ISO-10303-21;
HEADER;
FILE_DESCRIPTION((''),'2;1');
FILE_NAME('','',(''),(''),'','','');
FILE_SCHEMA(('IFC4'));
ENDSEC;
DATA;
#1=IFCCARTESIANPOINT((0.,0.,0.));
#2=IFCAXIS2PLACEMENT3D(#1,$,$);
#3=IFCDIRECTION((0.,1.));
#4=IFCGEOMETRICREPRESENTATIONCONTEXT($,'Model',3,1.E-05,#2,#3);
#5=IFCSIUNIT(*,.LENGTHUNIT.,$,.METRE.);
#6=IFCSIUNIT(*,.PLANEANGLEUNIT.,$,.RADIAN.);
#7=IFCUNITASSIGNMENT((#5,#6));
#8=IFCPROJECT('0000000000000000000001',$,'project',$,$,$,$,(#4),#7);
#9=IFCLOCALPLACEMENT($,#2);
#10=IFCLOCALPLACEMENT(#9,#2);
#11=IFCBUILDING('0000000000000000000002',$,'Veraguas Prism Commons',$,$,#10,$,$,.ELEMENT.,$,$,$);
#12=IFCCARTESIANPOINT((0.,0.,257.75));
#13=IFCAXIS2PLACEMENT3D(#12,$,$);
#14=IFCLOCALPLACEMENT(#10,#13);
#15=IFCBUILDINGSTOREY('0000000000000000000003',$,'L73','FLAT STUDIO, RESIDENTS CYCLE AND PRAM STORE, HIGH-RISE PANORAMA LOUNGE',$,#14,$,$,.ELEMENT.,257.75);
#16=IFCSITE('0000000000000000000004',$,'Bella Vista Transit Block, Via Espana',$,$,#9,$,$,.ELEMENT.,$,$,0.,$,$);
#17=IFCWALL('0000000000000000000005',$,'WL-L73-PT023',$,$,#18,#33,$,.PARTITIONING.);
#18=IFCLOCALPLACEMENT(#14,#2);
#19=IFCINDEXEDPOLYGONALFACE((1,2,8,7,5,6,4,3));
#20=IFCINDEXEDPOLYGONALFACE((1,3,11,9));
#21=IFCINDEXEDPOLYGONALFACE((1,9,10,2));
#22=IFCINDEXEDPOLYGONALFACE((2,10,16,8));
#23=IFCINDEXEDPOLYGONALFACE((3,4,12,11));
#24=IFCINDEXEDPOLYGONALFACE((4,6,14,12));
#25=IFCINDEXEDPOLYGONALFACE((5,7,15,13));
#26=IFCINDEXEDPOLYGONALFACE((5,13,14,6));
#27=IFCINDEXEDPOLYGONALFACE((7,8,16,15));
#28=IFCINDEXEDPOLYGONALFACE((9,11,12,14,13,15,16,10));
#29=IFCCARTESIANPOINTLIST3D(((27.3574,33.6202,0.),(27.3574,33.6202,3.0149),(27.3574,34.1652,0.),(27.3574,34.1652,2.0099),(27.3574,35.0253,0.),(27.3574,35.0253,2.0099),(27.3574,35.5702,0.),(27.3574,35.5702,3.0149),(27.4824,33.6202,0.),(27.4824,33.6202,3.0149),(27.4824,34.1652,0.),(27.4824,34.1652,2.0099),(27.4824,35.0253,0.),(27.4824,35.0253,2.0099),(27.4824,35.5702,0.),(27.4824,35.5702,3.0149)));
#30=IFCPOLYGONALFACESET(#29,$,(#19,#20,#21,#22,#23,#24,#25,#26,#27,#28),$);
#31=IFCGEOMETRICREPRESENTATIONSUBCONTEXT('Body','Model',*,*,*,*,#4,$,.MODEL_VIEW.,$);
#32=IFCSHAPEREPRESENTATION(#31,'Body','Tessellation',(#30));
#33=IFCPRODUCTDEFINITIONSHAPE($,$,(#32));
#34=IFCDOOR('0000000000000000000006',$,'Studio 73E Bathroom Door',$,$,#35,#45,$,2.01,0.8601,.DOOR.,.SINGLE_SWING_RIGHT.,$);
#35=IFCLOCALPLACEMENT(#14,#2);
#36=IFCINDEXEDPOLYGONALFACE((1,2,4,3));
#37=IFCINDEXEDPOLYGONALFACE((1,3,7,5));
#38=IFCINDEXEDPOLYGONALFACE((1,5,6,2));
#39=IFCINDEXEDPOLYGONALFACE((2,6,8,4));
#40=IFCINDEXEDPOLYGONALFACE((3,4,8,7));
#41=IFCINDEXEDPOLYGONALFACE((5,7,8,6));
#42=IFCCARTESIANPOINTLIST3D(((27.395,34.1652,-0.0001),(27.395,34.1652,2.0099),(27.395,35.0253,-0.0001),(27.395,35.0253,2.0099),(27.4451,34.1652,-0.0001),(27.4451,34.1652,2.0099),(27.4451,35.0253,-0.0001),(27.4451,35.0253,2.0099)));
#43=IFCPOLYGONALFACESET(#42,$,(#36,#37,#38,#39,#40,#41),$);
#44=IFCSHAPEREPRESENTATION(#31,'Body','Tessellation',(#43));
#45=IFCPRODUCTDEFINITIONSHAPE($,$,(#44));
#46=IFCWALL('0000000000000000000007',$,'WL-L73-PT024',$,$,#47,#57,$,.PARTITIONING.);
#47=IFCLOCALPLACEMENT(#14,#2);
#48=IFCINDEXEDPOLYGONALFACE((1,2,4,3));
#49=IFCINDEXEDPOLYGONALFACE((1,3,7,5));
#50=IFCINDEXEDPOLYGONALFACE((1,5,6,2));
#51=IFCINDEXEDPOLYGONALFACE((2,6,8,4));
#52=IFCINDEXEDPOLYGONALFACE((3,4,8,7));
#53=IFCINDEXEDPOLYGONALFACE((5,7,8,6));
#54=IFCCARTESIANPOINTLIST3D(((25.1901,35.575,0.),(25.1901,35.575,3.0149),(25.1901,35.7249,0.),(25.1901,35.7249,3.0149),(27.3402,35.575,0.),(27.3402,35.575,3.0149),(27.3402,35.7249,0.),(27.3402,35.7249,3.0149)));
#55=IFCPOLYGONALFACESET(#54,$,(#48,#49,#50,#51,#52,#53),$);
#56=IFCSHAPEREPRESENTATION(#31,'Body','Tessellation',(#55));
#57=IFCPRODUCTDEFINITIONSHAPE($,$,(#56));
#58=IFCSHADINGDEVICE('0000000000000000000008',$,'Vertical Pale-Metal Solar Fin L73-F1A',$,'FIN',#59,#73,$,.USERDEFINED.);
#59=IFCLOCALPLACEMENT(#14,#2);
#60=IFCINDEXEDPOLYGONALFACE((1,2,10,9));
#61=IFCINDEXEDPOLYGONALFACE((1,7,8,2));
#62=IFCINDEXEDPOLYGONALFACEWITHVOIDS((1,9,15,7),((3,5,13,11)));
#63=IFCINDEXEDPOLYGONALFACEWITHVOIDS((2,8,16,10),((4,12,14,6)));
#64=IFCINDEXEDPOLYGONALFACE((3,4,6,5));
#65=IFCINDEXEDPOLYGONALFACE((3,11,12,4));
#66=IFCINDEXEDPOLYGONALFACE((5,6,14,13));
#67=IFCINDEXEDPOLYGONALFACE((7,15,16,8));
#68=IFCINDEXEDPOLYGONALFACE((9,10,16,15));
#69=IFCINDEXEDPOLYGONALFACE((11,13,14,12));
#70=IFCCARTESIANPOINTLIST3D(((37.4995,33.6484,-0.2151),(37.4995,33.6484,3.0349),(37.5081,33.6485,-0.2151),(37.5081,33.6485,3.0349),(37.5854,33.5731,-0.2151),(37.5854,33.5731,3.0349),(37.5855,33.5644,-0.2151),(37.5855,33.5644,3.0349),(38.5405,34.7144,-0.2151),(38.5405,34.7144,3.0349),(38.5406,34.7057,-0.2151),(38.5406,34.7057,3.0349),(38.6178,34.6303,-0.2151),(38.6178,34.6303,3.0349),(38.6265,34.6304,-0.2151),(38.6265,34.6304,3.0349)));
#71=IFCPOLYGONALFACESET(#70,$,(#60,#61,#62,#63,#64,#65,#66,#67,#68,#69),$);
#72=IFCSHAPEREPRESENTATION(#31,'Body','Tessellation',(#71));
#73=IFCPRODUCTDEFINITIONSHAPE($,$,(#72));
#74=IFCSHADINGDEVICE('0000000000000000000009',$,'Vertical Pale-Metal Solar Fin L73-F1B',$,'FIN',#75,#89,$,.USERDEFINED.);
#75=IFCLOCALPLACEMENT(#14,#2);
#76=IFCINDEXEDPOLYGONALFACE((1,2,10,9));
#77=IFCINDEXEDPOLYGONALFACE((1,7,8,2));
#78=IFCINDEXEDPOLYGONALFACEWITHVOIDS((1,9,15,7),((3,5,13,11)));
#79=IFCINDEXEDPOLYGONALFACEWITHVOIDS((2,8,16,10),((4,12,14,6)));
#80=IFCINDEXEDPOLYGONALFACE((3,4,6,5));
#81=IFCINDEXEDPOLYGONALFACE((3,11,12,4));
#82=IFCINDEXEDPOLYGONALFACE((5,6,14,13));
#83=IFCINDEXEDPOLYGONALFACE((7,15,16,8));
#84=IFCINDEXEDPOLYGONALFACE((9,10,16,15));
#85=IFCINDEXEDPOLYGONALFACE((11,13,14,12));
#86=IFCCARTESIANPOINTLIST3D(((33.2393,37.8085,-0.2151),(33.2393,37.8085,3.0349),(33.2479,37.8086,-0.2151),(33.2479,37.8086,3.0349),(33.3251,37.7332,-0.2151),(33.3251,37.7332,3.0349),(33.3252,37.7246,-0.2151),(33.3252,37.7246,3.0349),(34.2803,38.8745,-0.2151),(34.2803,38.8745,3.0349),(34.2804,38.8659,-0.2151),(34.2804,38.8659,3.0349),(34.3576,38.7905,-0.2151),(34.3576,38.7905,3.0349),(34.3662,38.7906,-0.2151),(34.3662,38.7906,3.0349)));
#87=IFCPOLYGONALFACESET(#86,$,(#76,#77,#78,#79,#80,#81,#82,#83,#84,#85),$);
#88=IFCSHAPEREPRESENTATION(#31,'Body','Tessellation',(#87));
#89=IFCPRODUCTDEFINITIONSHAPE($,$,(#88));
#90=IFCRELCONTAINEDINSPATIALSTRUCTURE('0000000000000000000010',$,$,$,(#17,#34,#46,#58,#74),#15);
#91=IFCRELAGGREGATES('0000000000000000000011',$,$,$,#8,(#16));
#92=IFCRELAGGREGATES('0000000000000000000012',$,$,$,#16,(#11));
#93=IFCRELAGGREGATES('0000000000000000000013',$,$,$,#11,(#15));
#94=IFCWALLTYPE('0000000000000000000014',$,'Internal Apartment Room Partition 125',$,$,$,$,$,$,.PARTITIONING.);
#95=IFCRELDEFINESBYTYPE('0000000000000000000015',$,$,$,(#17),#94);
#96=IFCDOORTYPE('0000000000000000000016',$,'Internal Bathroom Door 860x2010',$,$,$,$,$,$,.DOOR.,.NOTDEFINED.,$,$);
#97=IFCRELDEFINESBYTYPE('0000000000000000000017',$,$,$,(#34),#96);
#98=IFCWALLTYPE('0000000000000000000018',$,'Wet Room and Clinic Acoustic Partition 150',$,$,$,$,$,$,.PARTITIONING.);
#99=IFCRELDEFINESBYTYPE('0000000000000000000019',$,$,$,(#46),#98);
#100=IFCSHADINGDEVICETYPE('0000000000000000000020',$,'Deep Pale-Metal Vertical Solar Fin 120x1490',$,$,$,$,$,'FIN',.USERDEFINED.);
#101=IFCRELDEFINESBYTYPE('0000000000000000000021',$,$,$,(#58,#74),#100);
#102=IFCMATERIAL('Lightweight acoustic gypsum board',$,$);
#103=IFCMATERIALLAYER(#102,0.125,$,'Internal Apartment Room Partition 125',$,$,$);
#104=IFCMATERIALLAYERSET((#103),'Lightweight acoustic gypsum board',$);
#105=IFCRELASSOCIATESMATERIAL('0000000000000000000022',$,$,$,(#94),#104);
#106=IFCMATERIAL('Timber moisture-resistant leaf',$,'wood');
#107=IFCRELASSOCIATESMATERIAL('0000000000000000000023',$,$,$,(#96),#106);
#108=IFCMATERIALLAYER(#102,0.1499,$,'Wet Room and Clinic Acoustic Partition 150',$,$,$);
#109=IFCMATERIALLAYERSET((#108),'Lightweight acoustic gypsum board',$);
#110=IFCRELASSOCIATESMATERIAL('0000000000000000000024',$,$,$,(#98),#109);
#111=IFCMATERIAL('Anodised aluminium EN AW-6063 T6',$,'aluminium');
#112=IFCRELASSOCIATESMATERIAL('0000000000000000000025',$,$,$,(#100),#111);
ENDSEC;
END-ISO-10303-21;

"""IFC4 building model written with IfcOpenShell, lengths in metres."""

from ifc_helpers import new_model, si_unit, direction, frame, frame_2d, origin, origin_2d, place, context, subcontext, project, spatial, rectangle, hollow_rectangle, extrude, source, transform, mapped, material, layer, layer_set, material_profile, profile_set, type_object, element, fill, save


model = new_model("IFC4")

# Units and contexts
model_context = context("Model", 3, precision=1e-05, world=origin(), true_north=direction((0.0, 1.0)))
body_context = subcontext(model_context, "Body", "Model", "MODEL_VIEW")
ifc_project = project(units=[si_unit("LENGTHUNIT", "METRE"), si_unit("PLANEANGLEUNIT", "RADIAN")], contexts=[model_context])

# Site, building, storey
site_placement = place(None, origin())
site = spatial("IfcSite", under=ifc_project, at=site_placement, Name="Bella Vista Transit Block, Via Espana", CompositionType="ELEMENT", RefElevation=0.0)
building_placement = place(site_placement, origin())
building = spatial("IfcBuilding", under=site, at=building_placement, Name="Veraguas Prism Commons", CompositionType="ELEMENT")
storey_placement = place(building_placement, frame((0.0, 0.0, 257.75)))
storey = spatial("IfcBuildingStorey", under=building, at=storey_placement, Name="L73", Description="FLAT STUDIO, RESIDENTS CYCLE AND PRAM STORE, HIGH-RISE PANORAMA LOUNGE", CompositionType="ELEMENT", Elevation=257.75)

# Shared definitions
ifc_material_1 = material(Name="Anodised aluminium EN AW-6063 T6", Category="aluminium")

# Wall, opening, door
ifc_material_2 = material(Name="Lightweight acoustic gypsum board")
ifc_layer_1 = layer(ifc_material_2, 0.125, Name="Internal Apartment Room Partition 125")
ifc_layer_set_1 = layer_set([ifc_layer_1], Name="Lightweight acoustic gypsum board")
wall_type_1 = type_object("IfcWallType", Name="Internal Apartment Room Partition 125", PredefinedType="PARTITIONING", material=ifc_layer_set_1)
wall_1_placement = place(storey_placement, frame((27.4199, 33.6201, 0.0), z_axis=(0.0, 0.0, 1.0), x_axis=(0.0, 1.0, 0.0)))
wall_1 = element("IfcWall", 1, at=wall_1_placement, inside=storey, type_object=wall_type_1, Name="WL-L73-PT023", PredefinedType="PARTITIONING", context=body_context, shape_type="SweptSolid", body=[
    extrude(rectangle(XDim=1.95, YDim=0.125, at=frame_2d((0.9751, 0.0))), origin(), (0.0, 0.0, 1.0), 3.0149),
])
opening_1_placement = place(wall_1_placement, frame((0.5449, 0.0, 0.0)))
opening_1 = element("IfcOpeningElement", 2, at=opening_1_placement, cuts=wall_1, PredefinedType="OPENING", context=body_context, shape_type="SweptSolid", body=[
    extrude(rectangle(XDim=0.8601, YDim=2.01, at=frame_2d((0.4302, 1.0049))), frame((0.0, 0.0725, 0.0), z_axis=(0.0, -1.0, 0.0), x_axis=(1.0, 0.0, 0.0)), (0.0, 0.0, 1.0), 0.145),
])
ifc_material_3 = material(Name="Timber moisture-resistant leaf", Category="wood")
door_type_1 = type_object("IfcDoorType", Name="Internal Bathroom Door 860x2010", OperationType="NOTDEFINED", PredefinedType="DOOR", material=ifc_material_3)
shared_shape_1 = source(origin(), body_context, "Body", "SweptSolid", [
    extrude(rectangle(XDim=0.8601, YDim=2.01, at=frame_2d((0.4302, 1.0049))), frame((0.0, 0.0249, 0.0), z_axis=(0.0, -1.0, 0.0), x_axis=(1.0, 0.0, 0.0)), (0.0, 0.0, 1.0), 0.05),
])
door_1_placement = place(opening_1_placement, origin())
door_1 = element("IfcDoor", 3, at=door_1_placement, inside=storey, type_object=door_type_1, Name="Studio 73E Bathroom Door", OperationType="SINGLE_SWING_RIGHT", OverallHeight=2.01, OverallWidth=0.8601, PredefinedType="DOOR", context=body_context, shape_type="MappedRepresentation", body=[
    mapped(shared_shape_1, transform((0.0, 0.0, 0.0), scale=1.0)),
])
fill(opening_1, door_1)

# Wall
ifc_layer_2 = layer(ifc_material_2, 0.1499, Name="Wet Room and Clinic Acoustic Partition 150")
ifc_layer_set_2 = layer_set([ifc_layer_2], Name="Lightweight acoustic gypsum board")
wall_type_2 = type_object("IfcWallType", Name="Wet Room and Clinic Acoustic Partition 150", PredefinedType="PARTITIONING", material=ifc_layer_set_2)
wall_2_placement = place(storey_placement, frame((25.1899, 35.6499, 0.0), z_axis=(0.0, 0.0, 1.0), x_axis=(1.0, 0.0, 0.0)))
element("IfcWall", 4, at=wall_2_placement, inside=storey, type_object=wall_type_2, Name="WL-L73-PT024", PredefinedType="PARTITIONING", context=body_context, shape_type="SweptSolid", body=[
    extrude(rectangle(XDim=2.1501, YDim=0.1499, at=frame_2d((1.0752, 0.0))), origin(), (0.0, 0.0, 1.0), 3.0149),
])

# Shading devices
ifc_material_profile_1 = material_profile(ifc_material_1, hollow_rectangle(XDim=0.1201, YDim=1.49, WallThickness=0.0061, at=origin_2d()), Name="FIN120X1490X6")
ifc_profile_set_1 = profile_set([ifc_material_profile_1], Name="Anodised aluminium EN AW-6063 T6")
shading_device_type = type_object("IfcShadingDeviceType", Name="Deep Pale-Metal Vertical Solar Fin 120x1490", ElementType="FIN", PredefinedType="USERDEFINED", material=ifc_profile_set_1)
for number, where, z_axis, x_axis, name in (
    (5, (38.063, 34.1394, -0.2151), (0.0, 0.0, 1.0), (-0.715448, 0.698666, 0.0), "Vertical Pale-Metal Solar Fin L73-F1A"),
    (6, (33.8027, 38.2996, -0.2151), (0.0, 0.0, 1.0), (-0.715448, 0.698666, 0.0), "Vertical Pale-Metal Solar Fin L73-F1B"),
):
    element("IfcShadingDevice", number, at=place(storey_placement, frame(where, z_axis=z_axis, x_axis=x_axis)), inside=storey, type_object=shading_device_type, Name=name, ObjectType="FIN", PredefinedType="USERDEFINED", context=body_context, shape_type="SweptSolid", body=[
        extrude(hollow_rectangle(XDim=0.1201, YDim=1.49, WallThickness=0.0061, at=origin_2d()), origin(), (0.0, 0.0, 1.0), 3.25),
    ])

save(model, "model.ifc")
